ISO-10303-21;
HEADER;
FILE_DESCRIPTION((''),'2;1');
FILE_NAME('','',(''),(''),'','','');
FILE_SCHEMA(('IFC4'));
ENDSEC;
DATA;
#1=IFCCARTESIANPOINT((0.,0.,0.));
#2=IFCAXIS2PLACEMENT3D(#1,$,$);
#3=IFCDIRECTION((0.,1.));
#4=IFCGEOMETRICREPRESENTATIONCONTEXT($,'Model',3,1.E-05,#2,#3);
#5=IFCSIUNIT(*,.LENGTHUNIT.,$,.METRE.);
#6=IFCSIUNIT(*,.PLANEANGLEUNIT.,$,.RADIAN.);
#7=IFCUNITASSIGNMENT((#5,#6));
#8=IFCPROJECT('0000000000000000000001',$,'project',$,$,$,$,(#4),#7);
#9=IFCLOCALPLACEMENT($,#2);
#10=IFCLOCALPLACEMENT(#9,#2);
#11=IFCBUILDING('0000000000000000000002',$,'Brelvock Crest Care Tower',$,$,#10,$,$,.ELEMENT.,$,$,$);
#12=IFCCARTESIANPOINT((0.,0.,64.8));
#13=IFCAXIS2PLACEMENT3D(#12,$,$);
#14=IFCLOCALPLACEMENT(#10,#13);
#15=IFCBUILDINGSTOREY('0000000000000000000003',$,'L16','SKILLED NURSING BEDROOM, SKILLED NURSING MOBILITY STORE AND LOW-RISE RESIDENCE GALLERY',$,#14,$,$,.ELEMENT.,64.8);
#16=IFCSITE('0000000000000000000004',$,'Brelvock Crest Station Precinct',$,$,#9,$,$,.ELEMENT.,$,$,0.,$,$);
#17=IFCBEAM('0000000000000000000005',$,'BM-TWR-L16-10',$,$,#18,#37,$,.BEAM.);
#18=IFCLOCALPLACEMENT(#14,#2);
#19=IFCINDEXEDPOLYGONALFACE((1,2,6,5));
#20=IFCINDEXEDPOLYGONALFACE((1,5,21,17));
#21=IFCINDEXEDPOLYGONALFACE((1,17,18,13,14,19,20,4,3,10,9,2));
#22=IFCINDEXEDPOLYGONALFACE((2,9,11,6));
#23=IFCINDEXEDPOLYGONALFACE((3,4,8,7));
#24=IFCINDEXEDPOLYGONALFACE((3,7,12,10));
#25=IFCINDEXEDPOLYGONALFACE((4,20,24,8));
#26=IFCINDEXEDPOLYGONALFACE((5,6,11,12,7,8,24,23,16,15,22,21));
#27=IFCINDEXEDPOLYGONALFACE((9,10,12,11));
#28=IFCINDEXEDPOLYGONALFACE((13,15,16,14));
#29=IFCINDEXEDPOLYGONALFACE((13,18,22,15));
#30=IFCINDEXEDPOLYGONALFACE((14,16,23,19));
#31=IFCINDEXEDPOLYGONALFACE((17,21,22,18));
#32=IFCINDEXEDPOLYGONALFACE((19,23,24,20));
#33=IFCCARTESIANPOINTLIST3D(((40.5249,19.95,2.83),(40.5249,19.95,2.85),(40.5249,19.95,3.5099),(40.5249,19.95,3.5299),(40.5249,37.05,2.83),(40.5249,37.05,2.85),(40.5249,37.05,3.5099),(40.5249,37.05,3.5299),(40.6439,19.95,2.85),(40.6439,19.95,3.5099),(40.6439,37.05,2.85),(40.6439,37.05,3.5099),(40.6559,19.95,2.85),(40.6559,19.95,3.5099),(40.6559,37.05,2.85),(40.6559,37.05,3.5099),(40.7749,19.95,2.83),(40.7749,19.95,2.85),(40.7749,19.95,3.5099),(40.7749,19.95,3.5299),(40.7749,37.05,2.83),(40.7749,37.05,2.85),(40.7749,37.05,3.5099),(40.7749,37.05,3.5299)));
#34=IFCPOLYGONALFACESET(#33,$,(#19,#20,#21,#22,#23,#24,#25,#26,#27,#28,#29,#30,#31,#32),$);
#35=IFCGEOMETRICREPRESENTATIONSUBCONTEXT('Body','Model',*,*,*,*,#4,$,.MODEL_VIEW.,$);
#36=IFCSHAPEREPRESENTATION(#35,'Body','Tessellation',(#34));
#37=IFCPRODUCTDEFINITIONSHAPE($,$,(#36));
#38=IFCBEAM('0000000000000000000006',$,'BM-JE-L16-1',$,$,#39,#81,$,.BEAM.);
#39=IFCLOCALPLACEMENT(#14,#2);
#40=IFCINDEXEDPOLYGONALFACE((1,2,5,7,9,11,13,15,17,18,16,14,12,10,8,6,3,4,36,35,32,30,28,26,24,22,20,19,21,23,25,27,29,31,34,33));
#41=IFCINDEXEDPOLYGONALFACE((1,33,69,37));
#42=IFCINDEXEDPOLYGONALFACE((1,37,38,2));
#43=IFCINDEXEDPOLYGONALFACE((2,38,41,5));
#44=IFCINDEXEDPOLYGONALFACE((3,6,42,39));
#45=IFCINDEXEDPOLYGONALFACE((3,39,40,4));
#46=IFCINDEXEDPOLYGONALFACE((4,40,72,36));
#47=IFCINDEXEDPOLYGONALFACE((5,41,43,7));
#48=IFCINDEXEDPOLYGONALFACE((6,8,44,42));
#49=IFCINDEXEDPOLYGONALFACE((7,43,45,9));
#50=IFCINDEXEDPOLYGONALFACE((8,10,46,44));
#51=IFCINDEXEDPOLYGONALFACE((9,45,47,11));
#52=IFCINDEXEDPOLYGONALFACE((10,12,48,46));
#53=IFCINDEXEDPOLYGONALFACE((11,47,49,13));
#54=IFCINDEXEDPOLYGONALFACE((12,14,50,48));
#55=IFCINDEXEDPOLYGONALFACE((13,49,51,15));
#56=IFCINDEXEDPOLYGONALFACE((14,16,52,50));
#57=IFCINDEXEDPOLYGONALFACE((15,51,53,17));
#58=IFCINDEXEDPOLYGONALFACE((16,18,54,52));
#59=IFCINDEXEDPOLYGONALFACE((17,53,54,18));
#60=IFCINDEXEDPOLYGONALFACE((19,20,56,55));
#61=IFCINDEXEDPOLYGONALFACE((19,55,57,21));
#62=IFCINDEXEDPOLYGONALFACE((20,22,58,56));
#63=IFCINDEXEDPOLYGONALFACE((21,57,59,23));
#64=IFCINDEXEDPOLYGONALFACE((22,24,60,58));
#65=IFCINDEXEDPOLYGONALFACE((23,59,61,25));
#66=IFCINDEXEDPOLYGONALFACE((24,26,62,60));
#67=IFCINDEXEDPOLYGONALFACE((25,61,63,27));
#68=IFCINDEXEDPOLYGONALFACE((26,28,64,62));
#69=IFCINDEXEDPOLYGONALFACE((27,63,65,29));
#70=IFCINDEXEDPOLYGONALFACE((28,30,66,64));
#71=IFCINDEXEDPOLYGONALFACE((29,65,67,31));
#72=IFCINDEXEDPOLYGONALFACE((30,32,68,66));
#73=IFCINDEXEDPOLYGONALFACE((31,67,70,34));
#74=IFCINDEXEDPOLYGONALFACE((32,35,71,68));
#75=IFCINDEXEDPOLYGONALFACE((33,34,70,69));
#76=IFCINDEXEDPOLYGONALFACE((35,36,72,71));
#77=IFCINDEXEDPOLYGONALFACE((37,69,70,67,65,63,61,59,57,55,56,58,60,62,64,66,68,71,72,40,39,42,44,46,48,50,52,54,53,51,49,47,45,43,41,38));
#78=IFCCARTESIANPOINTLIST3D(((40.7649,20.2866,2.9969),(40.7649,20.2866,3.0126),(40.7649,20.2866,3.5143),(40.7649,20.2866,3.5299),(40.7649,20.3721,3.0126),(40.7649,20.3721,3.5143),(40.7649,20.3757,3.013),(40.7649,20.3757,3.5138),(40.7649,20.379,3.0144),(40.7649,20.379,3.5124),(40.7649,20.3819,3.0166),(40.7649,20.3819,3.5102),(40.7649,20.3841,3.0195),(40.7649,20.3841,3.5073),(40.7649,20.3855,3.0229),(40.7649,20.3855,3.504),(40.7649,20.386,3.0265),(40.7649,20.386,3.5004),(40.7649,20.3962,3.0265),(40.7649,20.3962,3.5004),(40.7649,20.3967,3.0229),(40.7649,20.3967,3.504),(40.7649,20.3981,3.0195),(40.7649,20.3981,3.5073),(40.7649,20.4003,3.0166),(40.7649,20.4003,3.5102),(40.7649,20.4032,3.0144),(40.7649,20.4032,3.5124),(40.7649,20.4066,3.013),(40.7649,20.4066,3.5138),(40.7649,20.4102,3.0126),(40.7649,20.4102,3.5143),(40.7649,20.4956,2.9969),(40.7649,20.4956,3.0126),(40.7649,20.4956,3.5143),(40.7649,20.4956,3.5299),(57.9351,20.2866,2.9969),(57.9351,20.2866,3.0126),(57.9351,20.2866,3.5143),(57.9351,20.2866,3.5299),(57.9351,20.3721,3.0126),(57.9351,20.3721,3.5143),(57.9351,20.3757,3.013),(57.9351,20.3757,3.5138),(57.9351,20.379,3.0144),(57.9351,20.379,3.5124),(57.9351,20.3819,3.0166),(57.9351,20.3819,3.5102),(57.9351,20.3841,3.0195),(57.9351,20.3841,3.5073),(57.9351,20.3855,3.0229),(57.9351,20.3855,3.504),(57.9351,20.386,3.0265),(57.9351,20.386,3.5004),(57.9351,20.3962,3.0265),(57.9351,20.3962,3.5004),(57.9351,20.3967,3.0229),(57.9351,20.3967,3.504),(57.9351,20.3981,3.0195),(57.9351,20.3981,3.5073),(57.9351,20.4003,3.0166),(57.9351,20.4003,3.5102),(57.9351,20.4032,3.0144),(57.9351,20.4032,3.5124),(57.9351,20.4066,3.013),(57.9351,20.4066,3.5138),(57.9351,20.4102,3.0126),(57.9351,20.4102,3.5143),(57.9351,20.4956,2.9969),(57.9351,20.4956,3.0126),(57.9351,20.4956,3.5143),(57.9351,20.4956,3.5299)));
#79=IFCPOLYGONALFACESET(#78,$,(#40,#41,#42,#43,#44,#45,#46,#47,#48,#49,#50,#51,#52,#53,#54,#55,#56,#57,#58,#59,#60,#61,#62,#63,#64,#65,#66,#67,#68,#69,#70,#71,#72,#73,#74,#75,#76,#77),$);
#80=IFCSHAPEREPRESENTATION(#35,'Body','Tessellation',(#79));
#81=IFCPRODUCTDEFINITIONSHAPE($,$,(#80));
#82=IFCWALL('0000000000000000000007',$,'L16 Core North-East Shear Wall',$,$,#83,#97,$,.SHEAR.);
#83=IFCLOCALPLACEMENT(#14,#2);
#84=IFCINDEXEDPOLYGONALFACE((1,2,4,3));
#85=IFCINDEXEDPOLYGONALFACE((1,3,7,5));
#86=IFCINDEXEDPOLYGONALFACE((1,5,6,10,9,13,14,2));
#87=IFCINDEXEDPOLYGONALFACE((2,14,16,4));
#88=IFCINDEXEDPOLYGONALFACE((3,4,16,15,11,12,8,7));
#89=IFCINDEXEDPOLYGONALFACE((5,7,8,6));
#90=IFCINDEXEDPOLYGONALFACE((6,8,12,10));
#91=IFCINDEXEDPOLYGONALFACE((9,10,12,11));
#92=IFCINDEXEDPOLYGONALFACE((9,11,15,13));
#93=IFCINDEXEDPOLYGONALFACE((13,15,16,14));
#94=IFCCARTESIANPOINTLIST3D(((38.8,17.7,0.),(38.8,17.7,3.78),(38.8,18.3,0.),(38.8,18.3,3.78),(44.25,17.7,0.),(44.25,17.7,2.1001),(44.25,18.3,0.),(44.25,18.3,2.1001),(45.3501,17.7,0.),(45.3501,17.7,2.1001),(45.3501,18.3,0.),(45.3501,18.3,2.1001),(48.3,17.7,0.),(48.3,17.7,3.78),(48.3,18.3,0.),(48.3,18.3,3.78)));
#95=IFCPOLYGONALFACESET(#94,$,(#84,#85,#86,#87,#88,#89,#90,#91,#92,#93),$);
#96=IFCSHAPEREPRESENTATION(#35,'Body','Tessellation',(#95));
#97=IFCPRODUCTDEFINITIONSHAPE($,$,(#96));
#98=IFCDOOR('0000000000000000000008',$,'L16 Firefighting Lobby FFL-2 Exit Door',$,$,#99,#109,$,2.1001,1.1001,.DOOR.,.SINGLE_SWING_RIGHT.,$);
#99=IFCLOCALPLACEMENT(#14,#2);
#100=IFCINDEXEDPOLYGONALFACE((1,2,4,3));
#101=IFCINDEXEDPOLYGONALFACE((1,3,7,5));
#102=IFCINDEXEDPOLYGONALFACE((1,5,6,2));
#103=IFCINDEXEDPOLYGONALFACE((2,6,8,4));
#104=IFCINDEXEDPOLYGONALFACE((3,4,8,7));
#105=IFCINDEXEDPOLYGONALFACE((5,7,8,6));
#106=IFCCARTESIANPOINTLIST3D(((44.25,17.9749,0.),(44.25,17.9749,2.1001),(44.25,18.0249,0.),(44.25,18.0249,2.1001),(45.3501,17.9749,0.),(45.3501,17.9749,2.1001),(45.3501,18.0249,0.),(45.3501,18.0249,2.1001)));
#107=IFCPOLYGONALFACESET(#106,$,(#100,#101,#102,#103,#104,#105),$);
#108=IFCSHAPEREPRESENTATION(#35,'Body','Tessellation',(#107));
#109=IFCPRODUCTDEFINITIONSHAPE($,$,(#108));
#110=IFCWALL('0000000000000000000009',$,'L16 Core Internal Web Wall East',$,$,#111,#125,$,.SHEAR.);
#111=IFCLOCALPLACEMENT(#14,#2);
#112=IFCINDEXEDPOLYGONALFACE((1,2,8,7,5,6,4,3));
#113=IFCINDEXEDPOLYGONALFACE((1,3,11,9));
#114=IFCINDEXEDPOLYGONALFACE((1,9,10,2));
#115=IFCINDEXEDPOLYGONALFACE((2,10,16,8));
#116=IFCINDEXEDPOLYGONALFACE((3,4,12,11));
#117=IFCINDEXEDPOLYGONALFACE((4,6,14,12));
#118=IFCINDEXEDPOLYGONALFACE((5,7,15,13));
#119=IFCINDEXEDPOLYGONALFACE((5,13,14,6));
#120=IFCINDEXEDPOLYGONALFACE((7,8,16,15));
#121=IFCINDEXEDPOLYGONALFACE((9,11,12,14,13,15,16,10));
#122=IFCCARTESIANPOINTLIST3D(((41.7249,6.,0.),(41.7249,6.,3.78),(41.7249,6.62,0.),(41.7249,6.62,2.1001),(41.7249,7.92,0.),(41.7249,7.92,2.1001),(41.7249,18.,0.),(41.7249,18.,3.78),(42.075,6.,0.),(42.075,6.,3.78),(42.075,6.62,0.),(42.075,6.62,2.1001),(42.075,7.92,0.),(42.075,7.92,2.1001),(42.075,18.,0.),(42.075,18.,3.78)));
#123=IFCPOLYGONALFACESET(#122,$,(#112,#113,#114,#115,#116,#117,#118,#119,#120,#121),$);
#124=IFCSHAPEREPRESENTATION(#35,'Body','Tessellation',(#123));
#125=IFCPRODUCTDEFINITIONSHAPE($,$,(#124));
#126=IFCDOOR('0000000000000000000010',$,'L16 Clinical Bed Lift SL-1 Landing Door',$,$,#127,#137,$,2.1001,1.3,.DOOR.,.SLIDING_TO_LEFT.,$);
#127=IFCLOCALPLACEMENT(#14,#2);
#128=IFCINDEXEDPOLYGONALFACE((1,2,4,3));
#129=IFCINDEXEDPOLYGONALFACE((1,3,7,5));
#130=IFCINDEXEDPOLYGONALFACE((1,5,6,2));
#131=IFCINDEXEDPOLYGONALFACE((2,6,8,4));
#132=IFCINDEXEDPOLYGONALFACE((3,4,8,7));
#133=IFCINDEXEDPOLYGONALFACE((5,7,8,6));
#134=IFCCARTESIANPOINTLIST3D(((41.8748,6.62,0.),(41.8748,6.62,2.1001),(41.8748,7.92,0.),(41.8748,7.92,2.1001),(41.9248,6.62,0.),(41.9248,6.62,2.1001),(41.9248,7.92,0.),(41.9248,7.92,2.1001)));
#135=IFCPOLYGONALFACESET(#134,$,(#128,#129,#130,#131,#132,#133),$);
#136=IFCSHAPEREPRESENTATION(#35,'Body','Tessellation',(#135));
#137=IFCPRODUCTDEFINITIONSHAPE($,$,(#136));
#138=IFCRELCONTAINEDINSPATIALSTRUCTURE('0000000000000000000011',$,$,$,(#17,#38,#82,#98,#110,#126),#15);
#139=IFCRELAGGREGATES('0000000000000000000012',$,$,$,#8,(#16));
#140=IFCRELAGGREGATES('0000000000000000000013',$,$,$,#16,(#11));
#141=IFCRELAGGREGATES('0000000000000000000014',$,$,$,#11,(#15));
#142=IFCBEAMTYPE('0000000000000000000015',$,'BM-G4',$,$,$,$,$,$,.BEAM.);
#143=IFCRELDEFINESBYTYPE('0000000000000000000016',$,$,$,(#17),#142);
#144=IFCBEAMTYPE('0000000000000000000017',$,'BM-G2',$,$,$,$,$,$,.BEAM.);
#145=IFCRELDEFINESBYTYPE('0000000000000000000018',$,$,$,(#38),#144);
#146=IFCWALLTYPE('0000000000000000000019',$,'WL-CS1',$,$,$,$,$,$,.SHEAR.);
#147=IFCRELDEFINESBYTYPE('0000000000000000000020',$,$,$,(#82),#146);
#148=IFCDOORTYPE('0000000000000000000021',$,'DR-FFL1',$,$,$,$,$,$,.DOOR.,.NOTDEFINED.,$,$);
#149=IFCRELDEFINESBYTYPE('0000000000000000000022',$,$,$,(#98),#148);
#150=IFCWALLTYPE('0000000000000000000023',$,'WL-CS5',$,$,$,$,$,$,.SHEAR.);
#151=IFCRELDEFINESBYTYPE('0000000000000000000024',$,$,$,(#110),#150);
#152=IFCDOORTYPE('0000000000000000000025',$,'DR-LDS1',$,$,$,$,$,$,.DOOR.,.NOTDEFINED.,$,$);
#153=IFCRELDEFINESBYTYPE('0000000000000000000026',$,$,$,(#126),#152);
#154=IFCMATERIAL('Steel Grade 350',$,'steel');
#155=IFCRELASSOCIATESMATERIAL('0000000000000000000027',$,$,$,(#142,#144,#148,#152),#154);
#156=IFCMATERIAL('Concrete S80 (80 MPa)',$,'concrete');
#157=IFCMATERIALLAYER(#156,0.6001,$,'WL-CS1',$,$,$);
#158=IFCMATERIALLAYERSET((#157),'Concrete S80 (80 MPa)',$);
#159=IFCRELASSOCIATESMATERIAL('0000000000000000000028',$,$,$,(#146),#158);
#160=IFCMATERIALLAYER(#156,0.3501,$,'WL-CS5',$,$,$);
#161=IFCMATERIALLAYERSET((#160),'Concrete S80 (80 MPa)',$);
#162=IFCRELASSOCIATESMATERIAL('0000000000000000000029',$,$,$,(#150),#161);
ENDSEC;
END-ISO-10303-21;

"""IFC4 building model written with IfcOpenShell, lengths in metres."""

from ifc_helpers import new_model, si_unit, direction, frame, frame_2d, origin, origin_2d, place, context, subcontext, project, spatial, rectangle, i_section, extrude, source, transform, mapped, material, layer, layer_set, material_profile, profile_set, type_object, element, fill, save


model = new_model("IFC4")

# Units and contexts
model_context = context("Model", 3, precision=1e-05, world=origin(), true_north=direction((0.0, 1.0)))
body_context = subcontext(model_context, "Body", "Model", "MODEL_VIEW")
ifc_project = project(units=[si_unit("LENGTHUNIT", "METRE"), si_unit("PLANEANGLEUNIT", "RADIAN")], contexts=[model_context])

# Site, building, storey
site_placement = place(None, origin())
site = spatial("IfcSite", under=ifc_project, at=site_placement, Name="Brelvock Crest Station Precinct", CompositionType="ELEMENT", RefElevation=0.0)
building_placement = place(site_placement, origin())
building = spatial("IfcBuilding", under=site, at=building_placement, Name="Brelvock Crest Care Tower", CompositionType="ELEMENT")
storey_placement = place(building_placement, frame((0.0, 0.0, 64.8)))
storey = spatial("IfcBuildingStorey", under=building, at=storey_placement, Name="L16", Description="SKILLED NURSING BEDROOM, SKILLED NURSING MOBILITY STORE AND LOW-RISE RESIDENCE GALLERY", CompositionType="ELEMENT", Elevation=64.8)

# Shared definitions
ifc_material_1 = material(Name="Concrete S80 (80 MPa)", Category="concrete")
ifc_material_2 = material(Name="Steel Grade 350", Category="steel")

# Beams
ifc_material_profile_1 = material_profile(ifc_material_2, i_section(OverallWidth=0.25, OverallDepth=0.7, WebThickness=0.012, FlangeThickness=0.02, at=origin_2d()), Name="700WB150")
ifc_profile_set_1 = profile_set([ifc_material_profile_1], Name="Steel Grade 350")
beam_type_1 = type_object("IfcBeamType", Name="BM-G4", PredefinedType="BEAM", material=ifc_profile_set_1)
shared_shape_1 = source(origin(), body_context, "Body", "SweptSolid", [
    extrude(i_section(OverallWidth=0.25, OverallDepth=0.7, WebThickness=0.012, FlangeThickness=0.02, at=origin_2d()), origin(), (0.0, 0.0, 1.0), 17.1001),
])
beam_1_placement = place(storey_placement, frame((40.6499, 19.95, 3.1799), z_axis=(0.0, 1.0, 0.0), x_axis=(-1.0, 0.0, 0.0)))
element("IfcBeam", 1, at=beam_1_placement, inside=storey, type_object=beam_type_1, Name="BM-TWR-L16-10", PredefinedType="BEAM", context=body_context, shape_type="MappedRepresentation", body=[
    mapped(shared_shape_1, transform((0.0, 0.0, 0.0), x_axis=(1.0, 0.0, 0.0), y_axis=(0.0, 1.0, 0.0), z_axis=(0.0, 0.0, 1.0), scale=1.0)),
])
ifc_material_profile_2 = material_profile(ifc_material_2, i_section(OverallWidth=0.209, OverallDepth=0.533, WebThickness=0.0103, FlangeThickness=0.0156, FilletRadius=0.0139, at=origin_2d()), Name="530UB92.4")
ifc_profile_set_2 = profile_set([ifc_material_profile_2], Name="Steel Grade 350")
beam_type_2 = type_object("IfcBeamType", Name="BM-G2", PredefinedType="BEAM", material=ifc_profile_set_2)
shared_shape_2 = source(origin(), body_context, "Body", "SweptSolid", [
    extrude(i_section(OverallWidth=0.209, OverallDepth=0.533, WebThickness=0.0103, FlangeThickness=0.0156, FilletRadius=0.0139, at=origin_2d()), origin(), (0.0, 0.0, 1.0), 17.1702),
])
beam_2_placement = place(storey_placement, frame((40.7649, 20.3911, 3.2634), z_axis=(1.0, 0.0, 0.0), x_axis=(0.0, 1.0, 0.0)))
element("IfcBeam", 2, at=beam_2_placement, inside=storey, type_object=beam_type_2, Name="BM-JE-L16-1", PredefinedType="BEAM", context=body_context, shape_type="MappedRepresentation", body=[
    mapped(shared_shape_2, transform((0.0, 0.0, 0.0), x_axis=(1.0, 0.0, 0.0), y_axis=(0.0, 1.0, 0.0), z_axis=(0.0, 0.0, 1.0), scale=1.0)),
])

# Walls, openings, doors
ifc_layer_1 = layer(ifc_material_1, 0.6001, Name="WL-CS1")
ifc_layer_set_1 = layer_set([ifc_layer_1], Name="Concrete S80 (80 MPa)")
wall_type_1 = type_object("IfcWallType", Name="WL-CS1", PredefinedType="SHEAR", material=ifc_layer_set_1)
wall_1_placement = place(storey_placement, frame((38.8, 18.0, 0.0), z_axis=(0.0, 0.0, 1.0), x_axis=(1.0, 0.0, 0.0)))
wall_1 = element("IfcWall", 3, at=wall_1_placement, inside=storey, type_object=wall_type_1, Name="L16 Core North-East Shear Wall", PredefinedType="SHEAR", context=body_context, shape_type="SweptSolid", body=[
    extrude(rectangle(XDim=9.5, YDim=0.6001, at=frame_2d((4.75, 0.0))), origin(), (0.0, 0.0, 1.0), 3.78),
])
opening_1_placement = place(wall_1_placement, frame((5.45, 0.0, 0.0)))
opening_1 = element("IfcOpeningElement", 4, at=opening_1_placement, cuts=wall_1, PredefinedType="OPENING", context=body_context, shape_type="SweptSolid", body=[
    extrude(rectangle(XDim=1.1001, YDim=2.1001, at=origin_2d()), frame((0.55, 0.3101, 1.05), z_axis=(0.0, -1.0, 0.0), x_axis=(1.0, 0.0, 0.0)), (0.0, 0.0, 1.0), 0.6201),
])
door_type_1 = type_object("IfcDoorType", Name="DR-FFL1", OperationType="NOTDEFINED", PredefinedType="DOOR", material=ifc_material_2)
shared_shape_3 = source(origin(), body_context, "Body", "SweptSolid", [
    extrude(rectangle(XDim=1.1001, YDim=2.1001, at=origin_2d()), frame((0.55, 0.0249, 1.05), z_axis=(0.0, -1.0, 0.0), x_axis=(1.0, 0.0, 0.0)), (0.0, 0.0, 1.0), 0.05),
])
door_1_placement = place(opening_1_placement, origin())
door_1 = element("IfcDoor", 5, at=door_1_placement, inside=storey, type_object=door_type_1, Name="L16 Firefighting Lobby FFL-2 Exit Door", OperationType="SINGLE_SWING_RIGHT", OverallHeight=2.1001, OverallWidth=1.1001, PredefinedType="DOOR", context=body_context, shape_type="MappedRepresentation", body=[
    mapped(shared_shape_3, transform((0.0, 0.0, 0.0), x_axis=(1.0, 0.0, 0.0), y_axis=(0.0, 1.0, 0.0), z_axis=(0.0, 0.0, 1.0), scale=1.0)),
])
fill(opening_1, door_1)
ifc_layer_2 = layer(ifc_material_1, 0.3501, Name="WL-CS5")
ifc_layer_set_2 = layer_set([ifc_layer_2], Name="Concrete S80 (80 MPa)")
wall_type_2 = type_object("IfcWallType", Name="WL-CS5", PredefinedType="SHEAR", material=ifc_layer_set_2)
wall_2_placement = place(storey_placement, frame((41.8999, 18.0, 0.0), z_axis=(0.0, 0.0, 1.0), x_axis=(0.0, -1.0, 0.0)))
wall_2 = element("IfcWall", 6, at=wall_2_placement, inside=storey, type_object=wall_type_2, Name="L16 Core Internal Web Wall East", PredefinedType="SHEAR", context=body_context, shape_type="SweptSolid", body=[
    extrude(rectangle(XDim=12.0, YDim=0.3501, at=frame_2d((6.0, 0.0))), origin(), (0.0, 0.0, 1.0), 3.78),
])
opening_2_placement = place(wall_2_placement, frame((10.0801, 0.0, 0.0)))
opening_2 = element("IfcOpeningElement", 7, at=opening_2_placement, cuts=wall_2, PredefinedType="OPENING", context=body_context, shape_type="SweptSolid", body=[
    extrude(rectangle(XDim=1.3, YDim=2.1001, at=origin_2d()), frame((0.6499, 0.1851, 1.05), z_axis=(0.0, -1.0, 0.0), x_axis=(1.0, 0.0, 0.0)), (0.0, 0.0, 1.0), 0.3701),
])
door_type_2 = type_object("IfcDoorType", Name="DR-LDS1", OperationType="NOTDEFINED", PredefinedType="DOOR", material=ifc_material_2)
shared_shape_4 = source(origin(), body_context, "Body", "SweptSolid", [
    extrude(rectangle(XDim=1.3, YDim=2.1001, at=origin_2d()), frame((0.6499, 0.0249, 1.05), z_axis=(0.0, -1.0, 0.0), x_axis=(1.0, 0.0, 0.0)), (0.0, 0.0, 1.0), 0.05),
])
door_2_placement = place(opening_2_placement, origin())
door_2 = element("IfcDoor", 8, at=door_2_placement, inside=storey, type_object=door_type_2, Name="L16 Clinical Bed Lift SL-1 Landing Door", OperationType="SLIDING_TO_LEFT", OverallHeight=2.1001, OverallWidth=1.3, PredefinedType="DOOR", context=body_context, shape_type="MappedRepresentation", body=[
    mapped(shared_shape_4, transform((0.0, 0.0, 0.0), x_axis=(1.0, 0.0, 0.0), y_axis=(0.0, 1.0, 0.0), z_axis=(0.0, 0.0, 1.0), scale=1.0)),
])
fill(opening_2, door_2)

save(model, "model.ifc")
